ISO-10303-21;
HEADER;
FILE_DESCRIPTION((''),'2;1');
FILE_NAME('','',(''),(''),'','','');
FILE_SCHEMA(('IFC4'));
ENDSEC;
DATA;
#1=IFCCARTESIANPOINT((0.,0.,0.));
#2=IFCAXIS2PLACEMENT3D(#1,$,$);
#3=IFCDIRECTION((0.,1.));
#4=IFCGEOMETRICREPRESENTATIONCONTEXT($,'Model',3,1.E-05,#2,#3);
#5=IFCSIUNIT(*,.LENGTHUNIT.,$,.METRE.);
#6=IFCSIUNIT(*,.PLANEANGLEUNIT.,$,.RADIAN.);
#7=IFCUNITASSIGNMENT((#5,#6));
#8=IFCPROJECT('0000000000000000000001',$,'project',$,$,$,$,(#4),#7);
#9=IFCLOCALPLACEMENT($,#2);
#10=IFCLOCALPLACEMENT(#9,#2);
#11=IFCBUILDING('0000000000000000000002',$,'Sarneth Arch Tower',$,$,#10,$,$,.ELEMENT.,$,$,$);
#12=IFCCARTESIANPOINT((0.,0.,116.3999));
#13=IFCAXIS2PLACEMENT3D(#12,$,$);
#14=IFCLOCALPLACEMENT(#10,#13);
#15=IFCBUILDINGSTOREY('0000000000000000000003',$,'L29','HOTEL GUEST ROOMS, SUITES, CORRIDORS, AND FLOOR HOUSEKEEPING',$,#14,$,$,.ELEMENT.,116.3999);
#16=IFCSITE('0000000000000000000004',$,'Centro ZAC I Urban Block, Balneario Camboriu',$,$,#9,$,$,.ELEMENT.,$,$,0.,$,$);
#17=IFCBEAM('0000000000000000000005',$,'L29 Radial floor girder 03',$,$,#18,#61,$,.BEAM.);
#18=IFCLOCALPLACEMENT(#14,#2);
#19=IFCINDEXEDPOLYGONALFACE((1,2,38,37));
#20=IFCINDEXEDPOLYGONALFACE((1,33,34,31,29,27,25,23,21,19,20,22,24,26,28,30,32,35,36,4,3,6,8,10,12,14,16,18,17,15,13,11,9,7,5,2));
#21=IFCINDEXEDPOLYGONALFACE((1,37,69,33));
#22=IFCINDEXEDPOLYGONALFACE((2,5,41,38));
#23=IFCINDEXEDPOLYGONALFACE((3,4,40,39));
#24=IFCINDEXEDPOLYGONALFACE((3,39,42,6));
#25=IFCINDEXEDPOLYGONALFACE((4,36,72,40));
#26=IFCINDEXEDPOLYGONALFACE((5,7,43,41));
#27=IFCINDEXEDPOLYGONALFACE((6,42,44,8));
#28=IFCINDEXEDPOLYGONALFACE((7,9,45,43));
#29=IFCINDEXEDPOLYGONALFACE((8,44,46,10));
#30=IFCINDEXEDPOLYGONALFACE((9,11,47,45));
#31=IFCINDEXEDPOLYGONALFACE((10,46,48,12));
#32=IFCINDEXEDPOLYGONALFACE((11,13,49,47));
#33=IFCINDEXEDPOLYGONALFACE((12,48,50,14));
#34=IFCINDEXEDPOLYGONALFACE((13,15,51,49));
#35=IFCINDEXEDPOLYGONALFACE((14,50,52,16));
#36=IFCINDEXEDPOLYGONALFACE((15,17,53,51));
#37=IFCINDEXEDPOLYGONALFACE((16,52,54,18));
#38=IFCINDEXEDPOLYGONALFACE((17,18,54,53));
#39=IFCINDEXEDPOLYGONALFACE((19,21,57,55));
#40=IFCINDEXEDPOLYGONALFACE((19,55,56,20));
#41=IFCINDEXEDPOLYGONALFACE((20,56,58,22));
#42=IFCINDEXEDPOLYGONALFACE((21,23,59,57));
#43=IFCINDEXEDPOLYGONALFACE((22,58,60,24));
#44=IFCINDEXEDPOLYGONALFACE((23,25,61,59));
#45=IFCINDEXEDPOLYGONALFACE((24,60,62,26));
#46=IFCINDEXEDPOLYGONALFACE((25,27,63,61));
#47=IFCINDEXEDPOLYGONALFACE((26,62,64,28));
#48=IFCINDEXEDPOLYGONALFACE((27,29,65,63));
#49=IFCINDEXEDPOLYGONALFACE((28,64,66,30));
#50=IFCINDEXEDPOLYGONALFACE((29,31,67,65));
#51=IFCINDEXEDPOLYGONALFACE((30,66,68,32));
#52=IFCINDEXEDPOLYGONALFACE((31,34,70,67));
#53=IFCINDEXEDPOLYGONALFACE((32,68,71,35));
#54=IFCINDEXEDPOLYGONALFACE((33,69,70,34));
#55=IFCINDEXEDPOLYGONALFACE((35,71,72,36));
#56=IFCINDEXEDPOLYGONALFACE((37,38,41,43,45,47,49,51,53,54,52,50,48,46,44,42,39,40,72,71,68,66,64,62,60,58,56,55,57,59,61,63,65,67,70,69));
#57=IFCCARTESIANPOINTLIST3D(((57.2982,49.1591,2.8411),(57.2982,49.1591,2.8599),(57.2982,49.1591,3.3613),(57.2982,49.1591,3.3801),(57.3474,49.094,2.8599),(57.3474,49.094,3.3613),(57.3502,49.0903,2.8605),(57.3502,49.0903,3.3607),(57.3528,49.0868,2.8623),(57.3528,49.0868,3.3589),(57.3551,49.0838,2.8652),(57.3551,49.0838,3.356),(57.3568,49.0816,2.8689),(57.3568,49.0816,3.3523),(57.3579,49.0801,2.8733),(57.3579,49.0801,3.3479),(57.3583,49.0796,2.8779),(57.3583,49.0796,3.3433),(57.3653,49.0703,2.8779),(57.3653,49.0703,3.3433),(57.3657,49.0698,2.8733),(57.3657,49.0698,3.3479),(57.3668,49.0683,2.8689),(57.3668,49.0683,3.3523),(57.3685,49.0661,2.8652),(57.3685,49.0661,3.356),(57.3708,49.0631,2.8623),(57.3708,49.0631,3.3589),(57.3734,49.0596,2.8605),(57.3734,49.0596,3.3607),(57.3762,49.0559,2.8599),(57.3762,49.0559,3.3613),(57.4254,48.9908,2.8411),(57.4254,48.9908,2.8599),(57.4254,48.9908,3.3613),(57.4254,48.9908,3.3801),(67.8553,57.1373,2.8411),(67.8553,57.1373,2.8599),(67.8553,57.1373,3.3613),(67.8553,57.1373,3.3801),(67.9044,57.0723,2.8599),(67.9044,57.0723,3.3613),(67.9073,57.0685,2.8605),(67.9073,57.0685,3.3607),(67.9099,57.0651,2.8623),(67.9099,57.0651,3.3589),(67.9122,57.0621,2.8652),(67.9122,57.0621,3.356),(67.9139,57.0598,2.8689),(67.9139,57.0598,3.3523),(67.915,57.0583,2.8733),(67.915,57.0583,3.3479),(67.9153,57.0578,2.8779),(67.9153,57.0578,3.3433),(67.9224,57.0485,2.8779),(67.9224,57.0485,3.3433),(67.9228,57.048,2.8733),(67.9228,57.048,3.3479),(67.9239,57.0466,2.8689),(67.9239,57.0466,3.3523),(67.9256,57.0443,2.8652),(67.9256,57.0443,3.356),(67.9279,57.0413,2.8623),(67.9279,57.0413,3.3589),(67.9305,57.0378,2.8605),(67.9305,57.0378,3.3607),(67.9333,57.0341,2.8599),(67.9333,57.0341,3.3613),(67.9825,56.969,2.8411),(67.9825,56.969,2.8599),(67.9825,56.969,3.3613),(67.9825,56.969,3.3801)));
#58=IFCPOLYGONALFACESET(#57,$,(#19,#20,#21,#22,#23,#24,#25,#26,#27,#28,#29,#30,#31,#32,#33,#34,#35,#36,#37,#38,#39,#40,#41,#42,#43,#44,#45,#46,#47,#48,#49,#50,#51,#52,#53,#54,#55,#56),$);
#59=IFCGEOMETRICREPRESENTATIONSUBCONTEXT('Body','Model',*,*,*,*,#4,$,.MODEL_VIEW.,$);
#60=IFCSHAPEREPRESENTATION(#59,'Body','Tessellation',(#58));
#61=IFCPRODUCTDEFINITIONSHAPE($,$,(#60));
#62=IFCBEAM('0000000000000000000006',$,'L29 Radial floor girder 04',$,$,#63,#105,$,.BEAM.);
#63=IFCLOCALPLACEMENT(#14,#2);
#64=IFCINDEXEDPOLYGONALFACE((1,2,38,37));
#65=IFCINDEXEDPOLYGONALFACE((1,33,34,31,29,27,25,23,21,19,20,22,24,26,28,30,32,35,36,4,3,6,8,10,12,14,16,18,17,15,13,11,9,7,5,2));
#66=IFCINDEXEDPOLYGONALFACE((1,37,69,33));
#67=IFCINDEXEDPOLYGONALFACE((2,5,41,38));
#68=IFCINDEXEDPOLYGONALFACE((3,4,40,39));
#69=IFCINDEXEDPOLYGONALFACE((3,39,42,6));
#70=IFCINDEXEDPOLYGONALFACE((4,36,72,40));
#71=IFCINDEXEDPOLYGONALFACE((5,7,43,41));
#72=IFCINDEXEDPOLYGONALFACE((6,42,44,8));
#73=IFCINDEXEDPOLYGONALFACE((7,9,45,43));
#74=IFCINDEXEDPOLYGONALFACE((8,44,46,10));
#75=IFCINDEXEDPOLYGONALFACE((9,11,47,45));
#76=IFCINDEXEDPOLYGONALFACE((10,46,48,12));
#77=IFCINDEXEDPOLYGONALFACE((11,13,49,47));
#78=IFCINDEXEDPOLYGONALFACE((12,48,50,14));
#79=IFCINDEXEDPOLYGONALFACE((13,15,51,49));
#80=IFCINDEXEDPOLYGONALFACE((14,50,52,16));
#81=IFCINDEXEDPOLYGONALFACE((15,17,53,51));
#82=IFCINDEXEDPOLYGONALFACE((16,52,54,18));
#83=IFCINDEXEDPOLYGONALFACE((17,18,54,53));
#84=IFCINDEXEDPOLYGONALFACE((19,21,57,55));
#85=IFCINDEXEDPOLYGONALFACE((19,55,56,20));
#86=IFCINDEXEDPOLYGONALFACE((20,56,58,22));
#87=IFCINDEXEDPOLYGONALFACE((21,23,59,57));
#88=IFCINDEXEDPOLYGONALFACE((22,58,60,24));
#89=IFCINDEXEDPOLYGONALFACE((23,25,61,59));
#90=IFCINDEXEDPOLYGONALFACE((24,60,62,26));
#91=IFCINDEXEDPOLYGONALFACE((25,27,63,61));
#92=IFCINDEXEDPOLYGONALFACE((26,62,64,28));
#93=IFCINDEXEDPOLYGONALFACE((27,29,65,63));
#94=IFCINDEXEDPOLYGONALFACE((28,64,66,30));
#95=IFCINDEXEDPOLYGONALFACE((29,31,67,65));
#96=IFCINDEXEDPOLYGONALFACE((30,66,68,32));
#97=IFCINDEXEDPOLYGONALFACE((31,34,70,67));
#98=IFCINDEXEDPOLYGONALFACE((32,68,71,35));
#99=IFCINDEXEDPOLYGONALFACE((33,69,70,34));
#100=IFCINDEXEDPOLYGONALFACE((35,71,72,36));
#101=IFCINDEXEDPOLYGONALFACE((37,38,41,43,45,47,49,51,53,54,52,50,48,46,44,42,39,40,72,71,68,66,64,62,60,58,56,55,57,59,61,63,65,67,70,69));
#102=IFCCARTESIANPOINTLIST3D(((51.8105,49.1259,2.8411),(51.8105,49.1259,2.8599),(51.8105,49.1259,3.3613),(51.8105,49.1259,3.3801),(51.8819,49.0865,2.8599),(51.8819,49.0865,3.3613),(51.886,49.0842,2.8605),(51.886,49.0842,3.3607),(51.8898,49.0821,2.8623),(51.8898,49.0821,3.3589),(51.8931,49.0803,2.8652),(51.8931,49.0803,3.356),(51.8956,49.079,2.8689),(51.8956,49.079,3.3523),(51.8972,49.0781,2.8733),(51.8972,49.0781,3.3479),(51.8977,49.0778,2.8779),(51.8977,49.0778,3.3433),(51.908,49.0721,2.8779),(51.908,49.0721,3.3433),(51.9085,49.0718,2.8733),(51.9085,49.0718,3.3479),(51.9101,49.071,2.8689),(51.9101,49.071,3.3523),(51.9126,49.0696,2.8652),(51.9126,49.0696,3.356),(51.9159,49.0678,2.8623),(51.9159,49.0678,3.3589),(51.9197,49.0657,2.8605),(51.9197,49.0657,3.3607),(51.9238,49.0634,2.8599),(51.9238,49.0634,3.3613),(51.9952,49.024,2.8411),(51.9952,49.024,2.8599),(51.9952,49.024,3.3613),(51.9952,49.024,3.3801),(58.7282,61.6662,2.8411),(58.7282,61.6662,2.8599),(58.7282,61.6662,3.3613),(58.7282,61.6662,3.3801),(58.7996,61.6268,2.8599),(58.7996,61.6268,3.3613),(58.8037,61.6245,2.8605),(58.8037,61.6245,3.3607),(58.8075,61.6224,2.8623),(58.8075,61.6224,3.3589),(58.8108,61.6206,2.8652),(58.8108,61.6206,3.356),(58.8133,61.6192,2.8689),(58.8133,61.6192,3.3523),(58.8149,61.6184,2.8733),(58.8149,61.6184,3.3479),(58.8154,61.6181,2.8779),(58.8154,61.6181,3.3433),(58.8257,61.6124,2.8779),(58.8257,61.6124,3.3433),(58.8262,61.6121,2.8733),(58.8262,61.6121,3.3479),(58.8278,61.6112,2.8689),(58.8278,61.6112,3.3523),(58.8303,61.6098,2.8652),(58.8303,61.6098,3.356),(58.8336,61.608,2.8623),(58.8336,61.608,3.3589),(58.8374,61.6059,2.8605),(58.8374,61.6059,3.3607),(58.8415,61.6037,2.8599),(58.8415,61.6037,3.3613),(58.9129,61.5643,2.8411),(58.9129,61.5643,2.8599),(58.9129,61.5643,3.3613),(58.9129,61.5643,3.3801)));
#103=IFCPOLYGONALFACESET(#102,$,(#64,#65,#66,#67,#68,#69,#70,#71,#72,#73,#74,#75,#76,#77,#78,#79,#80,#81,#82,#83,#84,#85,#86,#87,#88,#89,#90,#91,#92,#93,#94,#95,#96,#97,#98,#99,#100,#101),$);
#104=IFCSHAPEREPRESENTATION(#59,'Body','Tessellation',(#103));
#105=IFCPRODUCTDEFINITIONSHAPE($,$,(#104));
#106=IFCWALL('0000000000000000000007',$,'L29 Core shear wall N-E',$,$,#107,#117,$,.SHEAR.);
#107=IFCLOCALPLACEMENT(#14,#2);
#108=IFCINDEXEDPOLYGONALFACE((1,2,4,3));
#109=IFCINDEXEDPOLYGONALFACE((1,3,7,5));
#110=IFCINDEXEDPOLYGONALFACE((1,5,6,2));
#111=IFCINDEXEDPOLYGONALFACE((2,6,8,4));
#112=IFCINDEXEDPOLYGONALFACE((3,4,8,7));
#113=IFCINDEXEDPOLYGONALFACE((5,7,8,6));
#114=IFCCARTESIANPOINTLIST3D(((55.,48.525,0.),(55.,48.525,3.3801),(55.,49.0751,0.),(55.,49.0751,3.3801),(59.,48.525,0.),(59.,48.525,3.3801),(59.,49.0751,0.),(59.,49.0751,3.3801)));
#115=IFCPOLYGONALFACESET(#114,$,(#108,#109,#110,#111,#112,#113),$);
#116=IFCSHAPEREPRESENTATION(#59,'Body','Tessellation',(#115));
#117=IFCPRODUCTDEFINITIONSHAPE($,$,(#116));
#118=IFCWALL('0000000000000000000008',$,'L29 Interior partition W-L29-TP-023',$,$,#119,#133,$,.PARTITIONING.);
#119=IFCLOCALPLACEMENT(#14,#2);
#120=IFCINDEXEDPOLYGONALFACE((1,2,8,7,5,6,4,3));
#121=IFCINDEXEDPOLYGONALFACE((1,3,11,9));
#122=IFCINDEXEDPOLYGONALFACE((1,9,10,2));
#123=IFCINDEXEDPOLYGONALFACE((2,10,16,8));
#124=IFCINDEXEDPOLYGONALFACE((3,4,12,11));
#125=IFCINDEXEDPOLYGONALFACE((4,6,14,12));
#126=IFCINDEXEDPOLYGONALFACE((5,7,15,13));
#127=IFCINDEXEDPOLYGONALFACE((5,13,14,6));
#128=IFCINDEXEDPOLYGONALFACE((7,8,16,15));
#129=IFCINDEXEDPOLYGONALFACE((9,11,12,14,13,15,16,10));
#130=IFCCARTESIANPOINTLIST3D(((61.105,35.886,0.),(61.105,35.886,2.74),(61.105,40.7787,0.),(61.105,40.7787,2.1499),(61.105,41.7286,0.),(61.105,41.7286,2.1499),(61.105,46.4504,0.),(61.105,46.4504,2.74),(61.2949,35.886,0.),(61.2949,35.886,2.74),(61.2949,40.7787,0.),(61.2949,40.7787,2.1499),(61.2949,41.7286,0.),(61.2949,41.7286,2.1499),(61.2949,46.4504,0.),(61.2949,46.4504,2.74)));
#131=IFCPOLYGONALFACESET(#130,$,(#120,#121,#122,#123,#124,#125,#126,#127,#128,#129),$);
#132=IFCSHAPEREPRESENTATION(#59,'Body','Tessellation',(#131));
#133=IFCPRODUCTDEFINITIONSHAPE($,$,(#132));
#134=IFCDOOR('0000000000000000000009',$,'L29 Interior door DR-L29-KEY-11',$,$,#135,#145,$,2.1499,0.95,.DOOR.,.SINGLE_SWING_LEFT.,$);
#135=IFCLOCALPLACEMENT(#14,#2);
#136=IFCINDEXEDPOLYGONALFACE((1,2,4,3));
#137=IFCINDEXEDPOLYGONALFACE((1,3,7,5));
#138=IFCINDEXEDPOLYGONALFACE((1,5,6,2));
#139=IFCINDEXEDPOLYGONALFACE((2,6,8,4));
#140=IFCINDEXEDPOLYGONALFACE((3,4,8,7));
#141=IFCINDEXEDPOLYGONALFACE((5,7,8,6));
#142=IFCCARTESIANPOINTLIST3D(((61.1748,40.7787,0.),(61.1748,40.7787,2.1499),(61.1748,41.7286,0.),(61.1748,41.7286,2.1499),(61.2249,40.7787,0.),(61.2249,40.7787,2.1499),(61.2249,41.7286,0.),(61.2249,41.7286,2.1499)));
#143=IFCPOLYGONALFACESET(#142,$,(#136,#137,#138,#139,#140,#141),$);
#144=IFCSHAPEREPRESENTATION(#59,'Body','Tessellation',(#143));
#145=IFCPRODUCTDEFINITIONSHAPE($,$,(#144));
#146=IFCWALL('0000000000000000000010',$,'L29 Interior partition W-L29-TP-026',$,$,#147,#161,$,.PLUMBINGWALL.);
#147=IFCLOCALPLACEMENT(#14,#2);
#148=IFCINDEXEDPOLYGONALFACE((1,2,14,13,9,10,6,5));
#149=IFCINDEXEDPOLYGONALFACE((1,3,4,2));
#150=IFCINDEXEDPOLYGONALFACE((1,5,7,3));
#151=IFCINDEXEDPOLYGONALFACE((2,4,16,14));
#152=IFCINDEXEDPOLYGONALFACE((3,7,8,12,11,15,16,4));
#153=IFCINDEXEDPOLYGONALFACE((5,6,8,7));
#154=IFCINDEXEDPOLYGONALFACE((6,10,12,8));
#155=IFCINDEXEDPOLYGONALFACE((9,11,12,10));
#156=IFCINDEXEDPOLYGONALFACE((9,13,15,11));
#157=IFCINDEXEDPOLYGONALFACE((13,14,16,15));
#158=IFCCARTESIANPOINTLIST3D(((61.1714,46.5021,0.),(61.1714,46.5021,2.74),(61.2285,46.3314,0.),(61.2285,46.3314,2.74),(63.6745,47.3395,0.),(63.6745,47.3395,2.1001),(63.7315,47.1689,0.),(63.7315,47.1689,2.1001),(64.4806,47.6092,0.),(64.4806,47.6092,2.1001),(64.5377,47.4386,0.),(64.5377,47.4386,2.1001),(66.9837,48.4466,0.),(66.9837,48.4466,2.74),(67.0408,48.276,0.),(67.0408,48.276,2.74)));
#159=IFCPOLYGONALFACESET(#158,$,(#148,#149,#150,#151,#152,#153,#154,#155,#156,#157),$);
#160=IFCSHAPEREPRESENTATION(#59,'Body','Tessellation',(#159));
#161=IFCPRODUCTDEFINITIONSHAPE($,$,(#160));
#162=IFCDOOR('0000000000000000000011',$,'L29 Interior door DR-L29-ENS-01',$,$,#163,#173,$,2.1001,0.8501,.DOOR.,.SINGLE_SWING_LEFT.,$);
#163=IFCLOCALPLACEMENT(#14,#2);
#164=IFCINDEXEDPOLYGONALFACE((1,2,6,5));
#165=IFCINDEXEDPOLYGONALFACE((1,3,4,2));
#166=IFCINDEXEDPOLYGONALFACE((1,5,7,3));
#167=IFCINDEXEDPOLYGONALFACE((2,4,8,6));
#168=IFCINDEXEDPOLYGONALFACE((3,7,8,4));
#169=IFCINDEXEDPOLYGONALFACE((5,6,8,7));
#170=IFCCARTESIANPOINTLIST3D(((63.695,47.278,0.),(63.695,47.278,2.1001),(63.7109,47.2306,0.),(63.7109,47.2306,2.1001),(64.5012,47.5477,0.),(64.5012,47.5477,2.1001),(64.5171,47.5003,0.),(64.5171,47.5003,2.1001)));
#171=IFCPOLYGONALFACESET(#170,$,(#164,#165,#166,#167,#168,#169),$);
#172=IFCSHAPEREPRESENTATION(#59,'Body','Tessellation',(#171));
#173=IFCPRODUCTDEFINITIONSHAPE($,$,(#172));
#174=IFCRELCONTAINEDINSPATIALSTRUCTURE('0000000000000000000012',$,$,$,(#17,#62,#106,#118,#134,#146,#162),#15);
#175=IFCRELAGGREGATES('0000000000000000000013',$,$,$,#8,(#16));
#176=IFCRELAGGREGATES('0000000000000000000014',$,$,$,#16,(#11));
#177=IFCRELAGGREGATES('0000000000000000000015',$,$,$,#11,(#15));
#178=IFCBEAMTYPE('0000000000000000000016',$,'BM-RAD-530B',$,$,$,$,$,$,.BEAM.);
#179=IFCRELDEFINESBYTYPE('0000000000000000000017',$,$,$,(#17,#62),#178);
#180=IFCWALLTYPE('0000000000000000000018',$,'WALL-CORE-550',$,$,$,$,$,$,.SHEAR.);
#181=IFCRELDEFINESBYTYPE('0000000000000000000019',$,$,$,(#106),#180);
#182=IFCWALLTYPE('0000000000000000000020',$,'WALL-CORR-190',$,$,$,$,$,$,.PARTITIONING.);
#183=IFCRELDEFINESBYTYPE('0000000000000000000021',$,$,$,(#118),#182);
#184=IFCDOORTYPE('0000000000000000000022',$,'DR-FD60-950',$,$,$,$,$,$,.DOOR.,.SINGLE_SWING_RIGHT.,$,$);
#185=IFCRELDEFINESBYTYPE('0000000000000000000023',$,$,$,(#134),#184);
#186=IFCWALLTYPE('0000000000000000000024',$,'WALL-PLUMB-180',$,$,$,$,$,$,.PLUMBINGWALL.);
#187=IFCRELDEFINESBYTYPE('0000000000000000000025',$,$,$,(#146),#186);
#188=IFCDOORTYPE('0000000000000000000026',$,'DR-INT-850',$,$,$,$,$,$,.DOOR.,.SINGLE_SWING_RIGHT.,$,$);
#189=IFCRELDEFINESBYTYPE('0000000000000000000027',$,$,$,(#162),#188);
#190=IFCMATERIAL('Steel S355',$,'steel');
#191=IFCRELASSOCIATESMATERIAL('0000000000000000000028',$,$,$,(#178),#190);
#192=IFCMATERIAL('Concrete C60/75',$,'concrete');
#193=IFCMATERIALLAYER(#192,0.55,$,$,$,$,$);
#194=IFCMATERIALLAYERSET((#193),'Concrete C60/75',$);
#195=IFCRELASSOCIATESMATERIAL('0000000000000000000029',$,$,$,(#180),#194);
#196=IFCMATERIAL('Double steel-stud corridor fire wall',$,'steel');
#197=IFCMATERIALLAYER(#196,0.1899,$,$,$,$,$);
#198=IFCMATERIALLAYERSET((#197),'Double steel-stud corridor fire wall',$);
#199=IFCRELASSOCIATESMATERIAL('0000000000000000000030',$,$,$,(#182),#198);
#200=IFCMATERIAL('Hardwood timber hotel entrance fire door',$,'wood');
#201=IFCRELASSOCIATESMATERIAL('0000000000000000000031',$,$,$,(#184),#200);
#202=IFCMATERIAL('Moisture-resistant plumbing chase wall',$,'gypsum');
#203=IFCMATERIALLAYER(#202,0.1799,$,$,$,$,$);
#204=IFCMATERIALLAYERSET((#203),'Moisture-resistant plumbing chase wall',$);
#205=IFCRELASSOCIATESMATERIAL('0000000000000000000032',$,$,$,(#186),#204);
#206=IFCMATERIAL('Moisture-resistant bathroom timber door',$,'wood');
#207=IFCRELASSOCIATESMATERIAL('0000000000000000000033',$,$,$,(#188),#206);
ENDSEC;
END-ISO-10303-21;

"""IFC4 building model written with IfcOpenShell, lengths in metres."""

from ifc_helpers import new_model, si_unit, direction, frame, frame_2d, origin, origin_2d, place, context, subcontext, project, spatial, rectangle, i_section, extrude, material, layer, layer_set, material_profile, profile_set, type_object, element, fill, save


model = new_model("IFC4")

# Units and contexts
model_context = context("Model", 3, precision=1e-05, world=origin(), true_north=direction((0.0, 1.0)))
body_context = subcontext(model_context, "Body", "Model", "MODEL_VIEW")
ifc_project = project(units=[si_unit("LENGTHUNIT", "METRE"), si_unit("PLANEANGLEUNIT", "RADIAN")], contexts=[model_context])

# Site, building, storey
site_placement = place(None, origin())
site = spatial("IfcSite", under=ifc_project, at=site_placement, Name="Centro ZAC I Urban Block, Balneario Camboriu", CompositionType="ELEMENT", RefElevation=0.0)
building_placement = place(site_placement, origin())
building = spatial("IfcBuilding", under=site, at=building_placement, Name="Sarneth Arch Tower", CompositionType="ELEMENT")
storey_placement = place(building_placement, frame((0.0, 0.0, 116.3999)))
storey = spatial("IfcBuildingStorey", under=building, at=storey_placement, Name="L29", Description="HOTEL GUEST ROOMS, SUITES, CORRIDORS, AND FLOOR HOUSEKEEPING", CompositionType="ELEMENT", Elevation=116.3999)

# Beams
ifc_material_1 = material(Name="Steel S355", Category="steel")
ifc_material_profile_1 = material_profile(ifc_material_1, i_section(OverallWidth=0.2109, OverallDepth=0.5391, WebThickness=0.0117, FlangeThickness=0.0188, FilletRadius=0.0181, at=origin_2d()), Name="W530x109")
ifc_profile_set_1 = profile_set([ifc_material_profile_1], Name="Steel S355")
beam_type_1 = type_object("IfcBeamType", Name="BM-RAD-530B", PredefinedType="BEAM", material=ifc_profile_set_1)
beam_1_placement = place(storey_placement, frame((57.3618, 49.075, 3.1106), z_axis=(0.797803, 0.602918, 0.0), x_axis=(-0.602918, 0.797803, 0.0)))
element("IfcBeam", 1, at=beam_1_placement, inside=storey, type_object=beam_type_1, Name="L29 Radial floor girder 03", PredefinedType="BEAM", context=body_context, shape_type="SweptSolid", body=[
    extrude(i_section(OverallWidth=0.2109, OverallDepth=0.5391, WebThickness=0.0117, FlangeThickness=0.0188, FilletRadius=0.0181, at=origin_2d()), origin(), (0.0, 0.0, 1.0), 13.2327),
])
beam_2_placement = place(storey_placement, frame((51.9028, 49.075, 3.1106), z_axis=(0.483021, 0.875609, 0.0), x_axis=(-0.875609, 0.483021, 0.0)))
element("IfcBeam", 2, at=beam_2_placement, inside=storey, type_object=beam_type_1, Name="L29 Radial floor girder 04", PredefinedType="BEAM", context=body_context, shape_type="SweptSolid", body=[
    extrude(i_section(OverallWidth=0.2109, OverallDepth=0.5391, WebThickness=0.0117, FlangeThickness=0.0188, FilletRadius=0.0181, at=origin_2d()), origin(), (0.0, 0.0, 1.0), 14.3218),
])

# Wall
ifc_material_2 = material(Name="Concrete C60/75", Category="concrete")
ifc_layer_1 = layer(ifc_material_2, 0.55)
ifc_layer_set_1 = layer_set([ifc_layer_1], Name="Concrete C60/75")
wall_type_1 = type_object("IfcWallType", Name="WALL-CORE-550", PredefinedType="SHEAR", material=ifc_layer_set_1)
wall_1_placement = place(storey_placement, frame((55.0, 48.8, 0.0), z_axis=(0.0, 0.0, 1.0), x_axis=(1.0, 0.0, 0.0)))
element("IfcWall", 3, at=wall_1_placement, inside=storey, type_object=wall_type_1, Name="L29 Core shear wall N-E", PredefinedType="SHEAR", context=body_context, shape_type="SweptSolid", body=[
    extrude(rectangle(XDim=4.0, YDim=0.55, at=frame_2d((2.0, 0.0))), origin(), (0.0, 0.0, 1.0), 3.3801),
])

# Walls, openings, doors
ifc_material_3 = material(Name="Double steel-stud corridor fire wall", Category="steel")
ifc_layer_2 = layer(ifc_material_3, 0.1899)
ifc_layer_set_2 = layer_set([ifc_layer_2], Name="Double steel-stud corridor fire wall")
wall_type_2 = type_object("IfcWallType", Name="WALL-CORR-190", PredefinedType="PARTITIONING", material=ifc_layer_set_2)
wall_2_placement = place(storey_placement, frame((61.2, 46.4504, 0.0), z_axis=(0.0, 0.0, 1.0), x_axis=(0.0, -1.0, 0.0)))
wall_2 = element("IfcWall", 4, at=wall_2_placement, inside=storey, type_object=wall_type_2, Name="L29 Interior partition W-L29-TP-023", PredefinedType="PARTITIONING", context=body_context, shape_type="SweptSolid", body=[
    extrude(rectangle(XDim=10.5645, YDim=0.1899, at=frame_2d((5.2822, 0.0))), origin(), (0.0, 0.0, 1.0), 2.74),
])
opening_1_placement = place(wall_2_placement, frame((4.7217, 0.0, 0.0)))
opening_1 = element("IfcOpeningElement", 5, at=opening_1_placement, cuts=wall_2, PredefinedType="OPENING", context=body_context, shape_type="SweptSolid", body=[
    extrude(rectangle(XDim=0.95, YDim=2.1499, at=frame_2d((0.4751, 1.075))), frame((0.0, 0.105, 0.0), z_axis=(0.0, -1.0, 0.0), x_axis=(1.0, 0.0, 0.0)), (0.0, 0.0, 1.0), 0.21),
])
ifc_material_4 = material(Name="Hardwood timber hotel entrance fire door", Category="wood")
door_type_1 = type_object("IfcDoorType", Name="DR-FD60-950", OperationType="SINGLE_SWING_RIGHT", PredefinedType="DOOR", material=ifc_material_4)
door_1_placement = place(opening_1_placement, origin())
door_1 = element("IfcDoor", 6, at=door_1_placement, inside=storey, type_object=door_type_1, Name="L29 Interior door DR-L29-KEY-11", OperationType="SINGLE_SWING_LEFT", OverallHeight=2.1499, OverallWidth=0.95, PredefinedType="DOOR", context=body_context, shape_type="SweptSolid", body=[
    extrude(rectangle(XDim=0.95, YDim=2.1499, at=frame_2d((0.4751, 1.075))), frame((0.0, 0.0249, 0.0), z_axis=(0.0, -1.0, 0.0), x_axis=(1.0, 0.0, 0.0)), (0.0, 0.0, 1.0), 0.05),
])
fill(opening_1, door_1)
ifc_material_5 = material(Name="Moisture-resistant plumbing chase wall", Category="gypsum")
ifc_layer_3 = layer(ifc_material_5, 0.1799)
ifc_layer_set_3 = layer_set([ifc_layer_3], Name="Moisture-resistant plumbing chase wall")
wall_type_3 = type_object("IfcWallType", Name="WALL-PLUMB-180", PredefinedType="PLUMBINGWALL", material=ifc_layer_set_3)
wall_3_placement = place(storey_placement, frame((67.0122, 48.3613, 0.0), z_axis=(0.0, 0.0, 1.0), x_axis=(-0.948332, -0.317279, 0.0)))
wall_3 = element("IfcWall", 7, at=wall_3_placement, inside=storey, type_object=wall_type_3, Name="L29 Interior partition W-L29-TP-026", PredefinedType="PLUMBINGWALL", context=body_context, shape_type="SweptSolid", body=[
    extrude(rectangle(XDim=6.1289, YDim=0.1799, at=frame_2d((3.0645, 0.0))), origin(), (0.0, 0.0, 1.0), 2.74),
])
opening_2_placement = place(wall_3_placement, frame((2.6394, 0.0, 0.0)))
opening_2 = element("IfcOpeningElement", 8, at=opening_2_placement, cuts=wall_3, PredefinedType="OPENING", context=body_context, shape_type="SweptSolid", body=[
    extrude(rectangle(XDim=0.8501, YDim=2.1001, at=frame_2d((0.425, 1.05))), frame((0.0, 0.0999, 0.0), z_axis=(0.0, -1.0, 0.0), x_axis=(1.0, 0.0, 0.0)), (0.0, 0.0, 1.0), 0.2),
])
ifc_material_6 = material(Name="Moisture-resistant bathroom timber door", Category="wood")
door_type_2 = type_object("IfcDoorType", Name="DR-INT-850", OperationType="SINGLE_SWING_RIGHT", PredefinedType="DOOR", material=ifc_material_6)
door_2_placement = place(opening_2_placement, origin())
door_2 = element("IfcDoor", 9, at=door_2_placement, inside=storey, type_object=door_type_2, Name="L29 Interior door DR-L29-ENS-01", OperationType="SINGLE_SWING_LEFT", OverallHeight=2.1001, OverallWidth=0.8501, PredefinedType="DOOR", context=body_context, shape_type="SweptSolid", body=[
    extrude(rectangle(XDim=0.8501, YDim=2.1001, at=frame_2d((0.425, 1.05))), frame((0.0, 0.0249, 0.0), z_axis=(0.0, -1.0, 0.0), x_axis=(1.0, 0.0, 0.0)), (0.0, 0.0, 1.0), 0.05),
])
fill(opening_2, door_2)

save(model, "model.ifc")
